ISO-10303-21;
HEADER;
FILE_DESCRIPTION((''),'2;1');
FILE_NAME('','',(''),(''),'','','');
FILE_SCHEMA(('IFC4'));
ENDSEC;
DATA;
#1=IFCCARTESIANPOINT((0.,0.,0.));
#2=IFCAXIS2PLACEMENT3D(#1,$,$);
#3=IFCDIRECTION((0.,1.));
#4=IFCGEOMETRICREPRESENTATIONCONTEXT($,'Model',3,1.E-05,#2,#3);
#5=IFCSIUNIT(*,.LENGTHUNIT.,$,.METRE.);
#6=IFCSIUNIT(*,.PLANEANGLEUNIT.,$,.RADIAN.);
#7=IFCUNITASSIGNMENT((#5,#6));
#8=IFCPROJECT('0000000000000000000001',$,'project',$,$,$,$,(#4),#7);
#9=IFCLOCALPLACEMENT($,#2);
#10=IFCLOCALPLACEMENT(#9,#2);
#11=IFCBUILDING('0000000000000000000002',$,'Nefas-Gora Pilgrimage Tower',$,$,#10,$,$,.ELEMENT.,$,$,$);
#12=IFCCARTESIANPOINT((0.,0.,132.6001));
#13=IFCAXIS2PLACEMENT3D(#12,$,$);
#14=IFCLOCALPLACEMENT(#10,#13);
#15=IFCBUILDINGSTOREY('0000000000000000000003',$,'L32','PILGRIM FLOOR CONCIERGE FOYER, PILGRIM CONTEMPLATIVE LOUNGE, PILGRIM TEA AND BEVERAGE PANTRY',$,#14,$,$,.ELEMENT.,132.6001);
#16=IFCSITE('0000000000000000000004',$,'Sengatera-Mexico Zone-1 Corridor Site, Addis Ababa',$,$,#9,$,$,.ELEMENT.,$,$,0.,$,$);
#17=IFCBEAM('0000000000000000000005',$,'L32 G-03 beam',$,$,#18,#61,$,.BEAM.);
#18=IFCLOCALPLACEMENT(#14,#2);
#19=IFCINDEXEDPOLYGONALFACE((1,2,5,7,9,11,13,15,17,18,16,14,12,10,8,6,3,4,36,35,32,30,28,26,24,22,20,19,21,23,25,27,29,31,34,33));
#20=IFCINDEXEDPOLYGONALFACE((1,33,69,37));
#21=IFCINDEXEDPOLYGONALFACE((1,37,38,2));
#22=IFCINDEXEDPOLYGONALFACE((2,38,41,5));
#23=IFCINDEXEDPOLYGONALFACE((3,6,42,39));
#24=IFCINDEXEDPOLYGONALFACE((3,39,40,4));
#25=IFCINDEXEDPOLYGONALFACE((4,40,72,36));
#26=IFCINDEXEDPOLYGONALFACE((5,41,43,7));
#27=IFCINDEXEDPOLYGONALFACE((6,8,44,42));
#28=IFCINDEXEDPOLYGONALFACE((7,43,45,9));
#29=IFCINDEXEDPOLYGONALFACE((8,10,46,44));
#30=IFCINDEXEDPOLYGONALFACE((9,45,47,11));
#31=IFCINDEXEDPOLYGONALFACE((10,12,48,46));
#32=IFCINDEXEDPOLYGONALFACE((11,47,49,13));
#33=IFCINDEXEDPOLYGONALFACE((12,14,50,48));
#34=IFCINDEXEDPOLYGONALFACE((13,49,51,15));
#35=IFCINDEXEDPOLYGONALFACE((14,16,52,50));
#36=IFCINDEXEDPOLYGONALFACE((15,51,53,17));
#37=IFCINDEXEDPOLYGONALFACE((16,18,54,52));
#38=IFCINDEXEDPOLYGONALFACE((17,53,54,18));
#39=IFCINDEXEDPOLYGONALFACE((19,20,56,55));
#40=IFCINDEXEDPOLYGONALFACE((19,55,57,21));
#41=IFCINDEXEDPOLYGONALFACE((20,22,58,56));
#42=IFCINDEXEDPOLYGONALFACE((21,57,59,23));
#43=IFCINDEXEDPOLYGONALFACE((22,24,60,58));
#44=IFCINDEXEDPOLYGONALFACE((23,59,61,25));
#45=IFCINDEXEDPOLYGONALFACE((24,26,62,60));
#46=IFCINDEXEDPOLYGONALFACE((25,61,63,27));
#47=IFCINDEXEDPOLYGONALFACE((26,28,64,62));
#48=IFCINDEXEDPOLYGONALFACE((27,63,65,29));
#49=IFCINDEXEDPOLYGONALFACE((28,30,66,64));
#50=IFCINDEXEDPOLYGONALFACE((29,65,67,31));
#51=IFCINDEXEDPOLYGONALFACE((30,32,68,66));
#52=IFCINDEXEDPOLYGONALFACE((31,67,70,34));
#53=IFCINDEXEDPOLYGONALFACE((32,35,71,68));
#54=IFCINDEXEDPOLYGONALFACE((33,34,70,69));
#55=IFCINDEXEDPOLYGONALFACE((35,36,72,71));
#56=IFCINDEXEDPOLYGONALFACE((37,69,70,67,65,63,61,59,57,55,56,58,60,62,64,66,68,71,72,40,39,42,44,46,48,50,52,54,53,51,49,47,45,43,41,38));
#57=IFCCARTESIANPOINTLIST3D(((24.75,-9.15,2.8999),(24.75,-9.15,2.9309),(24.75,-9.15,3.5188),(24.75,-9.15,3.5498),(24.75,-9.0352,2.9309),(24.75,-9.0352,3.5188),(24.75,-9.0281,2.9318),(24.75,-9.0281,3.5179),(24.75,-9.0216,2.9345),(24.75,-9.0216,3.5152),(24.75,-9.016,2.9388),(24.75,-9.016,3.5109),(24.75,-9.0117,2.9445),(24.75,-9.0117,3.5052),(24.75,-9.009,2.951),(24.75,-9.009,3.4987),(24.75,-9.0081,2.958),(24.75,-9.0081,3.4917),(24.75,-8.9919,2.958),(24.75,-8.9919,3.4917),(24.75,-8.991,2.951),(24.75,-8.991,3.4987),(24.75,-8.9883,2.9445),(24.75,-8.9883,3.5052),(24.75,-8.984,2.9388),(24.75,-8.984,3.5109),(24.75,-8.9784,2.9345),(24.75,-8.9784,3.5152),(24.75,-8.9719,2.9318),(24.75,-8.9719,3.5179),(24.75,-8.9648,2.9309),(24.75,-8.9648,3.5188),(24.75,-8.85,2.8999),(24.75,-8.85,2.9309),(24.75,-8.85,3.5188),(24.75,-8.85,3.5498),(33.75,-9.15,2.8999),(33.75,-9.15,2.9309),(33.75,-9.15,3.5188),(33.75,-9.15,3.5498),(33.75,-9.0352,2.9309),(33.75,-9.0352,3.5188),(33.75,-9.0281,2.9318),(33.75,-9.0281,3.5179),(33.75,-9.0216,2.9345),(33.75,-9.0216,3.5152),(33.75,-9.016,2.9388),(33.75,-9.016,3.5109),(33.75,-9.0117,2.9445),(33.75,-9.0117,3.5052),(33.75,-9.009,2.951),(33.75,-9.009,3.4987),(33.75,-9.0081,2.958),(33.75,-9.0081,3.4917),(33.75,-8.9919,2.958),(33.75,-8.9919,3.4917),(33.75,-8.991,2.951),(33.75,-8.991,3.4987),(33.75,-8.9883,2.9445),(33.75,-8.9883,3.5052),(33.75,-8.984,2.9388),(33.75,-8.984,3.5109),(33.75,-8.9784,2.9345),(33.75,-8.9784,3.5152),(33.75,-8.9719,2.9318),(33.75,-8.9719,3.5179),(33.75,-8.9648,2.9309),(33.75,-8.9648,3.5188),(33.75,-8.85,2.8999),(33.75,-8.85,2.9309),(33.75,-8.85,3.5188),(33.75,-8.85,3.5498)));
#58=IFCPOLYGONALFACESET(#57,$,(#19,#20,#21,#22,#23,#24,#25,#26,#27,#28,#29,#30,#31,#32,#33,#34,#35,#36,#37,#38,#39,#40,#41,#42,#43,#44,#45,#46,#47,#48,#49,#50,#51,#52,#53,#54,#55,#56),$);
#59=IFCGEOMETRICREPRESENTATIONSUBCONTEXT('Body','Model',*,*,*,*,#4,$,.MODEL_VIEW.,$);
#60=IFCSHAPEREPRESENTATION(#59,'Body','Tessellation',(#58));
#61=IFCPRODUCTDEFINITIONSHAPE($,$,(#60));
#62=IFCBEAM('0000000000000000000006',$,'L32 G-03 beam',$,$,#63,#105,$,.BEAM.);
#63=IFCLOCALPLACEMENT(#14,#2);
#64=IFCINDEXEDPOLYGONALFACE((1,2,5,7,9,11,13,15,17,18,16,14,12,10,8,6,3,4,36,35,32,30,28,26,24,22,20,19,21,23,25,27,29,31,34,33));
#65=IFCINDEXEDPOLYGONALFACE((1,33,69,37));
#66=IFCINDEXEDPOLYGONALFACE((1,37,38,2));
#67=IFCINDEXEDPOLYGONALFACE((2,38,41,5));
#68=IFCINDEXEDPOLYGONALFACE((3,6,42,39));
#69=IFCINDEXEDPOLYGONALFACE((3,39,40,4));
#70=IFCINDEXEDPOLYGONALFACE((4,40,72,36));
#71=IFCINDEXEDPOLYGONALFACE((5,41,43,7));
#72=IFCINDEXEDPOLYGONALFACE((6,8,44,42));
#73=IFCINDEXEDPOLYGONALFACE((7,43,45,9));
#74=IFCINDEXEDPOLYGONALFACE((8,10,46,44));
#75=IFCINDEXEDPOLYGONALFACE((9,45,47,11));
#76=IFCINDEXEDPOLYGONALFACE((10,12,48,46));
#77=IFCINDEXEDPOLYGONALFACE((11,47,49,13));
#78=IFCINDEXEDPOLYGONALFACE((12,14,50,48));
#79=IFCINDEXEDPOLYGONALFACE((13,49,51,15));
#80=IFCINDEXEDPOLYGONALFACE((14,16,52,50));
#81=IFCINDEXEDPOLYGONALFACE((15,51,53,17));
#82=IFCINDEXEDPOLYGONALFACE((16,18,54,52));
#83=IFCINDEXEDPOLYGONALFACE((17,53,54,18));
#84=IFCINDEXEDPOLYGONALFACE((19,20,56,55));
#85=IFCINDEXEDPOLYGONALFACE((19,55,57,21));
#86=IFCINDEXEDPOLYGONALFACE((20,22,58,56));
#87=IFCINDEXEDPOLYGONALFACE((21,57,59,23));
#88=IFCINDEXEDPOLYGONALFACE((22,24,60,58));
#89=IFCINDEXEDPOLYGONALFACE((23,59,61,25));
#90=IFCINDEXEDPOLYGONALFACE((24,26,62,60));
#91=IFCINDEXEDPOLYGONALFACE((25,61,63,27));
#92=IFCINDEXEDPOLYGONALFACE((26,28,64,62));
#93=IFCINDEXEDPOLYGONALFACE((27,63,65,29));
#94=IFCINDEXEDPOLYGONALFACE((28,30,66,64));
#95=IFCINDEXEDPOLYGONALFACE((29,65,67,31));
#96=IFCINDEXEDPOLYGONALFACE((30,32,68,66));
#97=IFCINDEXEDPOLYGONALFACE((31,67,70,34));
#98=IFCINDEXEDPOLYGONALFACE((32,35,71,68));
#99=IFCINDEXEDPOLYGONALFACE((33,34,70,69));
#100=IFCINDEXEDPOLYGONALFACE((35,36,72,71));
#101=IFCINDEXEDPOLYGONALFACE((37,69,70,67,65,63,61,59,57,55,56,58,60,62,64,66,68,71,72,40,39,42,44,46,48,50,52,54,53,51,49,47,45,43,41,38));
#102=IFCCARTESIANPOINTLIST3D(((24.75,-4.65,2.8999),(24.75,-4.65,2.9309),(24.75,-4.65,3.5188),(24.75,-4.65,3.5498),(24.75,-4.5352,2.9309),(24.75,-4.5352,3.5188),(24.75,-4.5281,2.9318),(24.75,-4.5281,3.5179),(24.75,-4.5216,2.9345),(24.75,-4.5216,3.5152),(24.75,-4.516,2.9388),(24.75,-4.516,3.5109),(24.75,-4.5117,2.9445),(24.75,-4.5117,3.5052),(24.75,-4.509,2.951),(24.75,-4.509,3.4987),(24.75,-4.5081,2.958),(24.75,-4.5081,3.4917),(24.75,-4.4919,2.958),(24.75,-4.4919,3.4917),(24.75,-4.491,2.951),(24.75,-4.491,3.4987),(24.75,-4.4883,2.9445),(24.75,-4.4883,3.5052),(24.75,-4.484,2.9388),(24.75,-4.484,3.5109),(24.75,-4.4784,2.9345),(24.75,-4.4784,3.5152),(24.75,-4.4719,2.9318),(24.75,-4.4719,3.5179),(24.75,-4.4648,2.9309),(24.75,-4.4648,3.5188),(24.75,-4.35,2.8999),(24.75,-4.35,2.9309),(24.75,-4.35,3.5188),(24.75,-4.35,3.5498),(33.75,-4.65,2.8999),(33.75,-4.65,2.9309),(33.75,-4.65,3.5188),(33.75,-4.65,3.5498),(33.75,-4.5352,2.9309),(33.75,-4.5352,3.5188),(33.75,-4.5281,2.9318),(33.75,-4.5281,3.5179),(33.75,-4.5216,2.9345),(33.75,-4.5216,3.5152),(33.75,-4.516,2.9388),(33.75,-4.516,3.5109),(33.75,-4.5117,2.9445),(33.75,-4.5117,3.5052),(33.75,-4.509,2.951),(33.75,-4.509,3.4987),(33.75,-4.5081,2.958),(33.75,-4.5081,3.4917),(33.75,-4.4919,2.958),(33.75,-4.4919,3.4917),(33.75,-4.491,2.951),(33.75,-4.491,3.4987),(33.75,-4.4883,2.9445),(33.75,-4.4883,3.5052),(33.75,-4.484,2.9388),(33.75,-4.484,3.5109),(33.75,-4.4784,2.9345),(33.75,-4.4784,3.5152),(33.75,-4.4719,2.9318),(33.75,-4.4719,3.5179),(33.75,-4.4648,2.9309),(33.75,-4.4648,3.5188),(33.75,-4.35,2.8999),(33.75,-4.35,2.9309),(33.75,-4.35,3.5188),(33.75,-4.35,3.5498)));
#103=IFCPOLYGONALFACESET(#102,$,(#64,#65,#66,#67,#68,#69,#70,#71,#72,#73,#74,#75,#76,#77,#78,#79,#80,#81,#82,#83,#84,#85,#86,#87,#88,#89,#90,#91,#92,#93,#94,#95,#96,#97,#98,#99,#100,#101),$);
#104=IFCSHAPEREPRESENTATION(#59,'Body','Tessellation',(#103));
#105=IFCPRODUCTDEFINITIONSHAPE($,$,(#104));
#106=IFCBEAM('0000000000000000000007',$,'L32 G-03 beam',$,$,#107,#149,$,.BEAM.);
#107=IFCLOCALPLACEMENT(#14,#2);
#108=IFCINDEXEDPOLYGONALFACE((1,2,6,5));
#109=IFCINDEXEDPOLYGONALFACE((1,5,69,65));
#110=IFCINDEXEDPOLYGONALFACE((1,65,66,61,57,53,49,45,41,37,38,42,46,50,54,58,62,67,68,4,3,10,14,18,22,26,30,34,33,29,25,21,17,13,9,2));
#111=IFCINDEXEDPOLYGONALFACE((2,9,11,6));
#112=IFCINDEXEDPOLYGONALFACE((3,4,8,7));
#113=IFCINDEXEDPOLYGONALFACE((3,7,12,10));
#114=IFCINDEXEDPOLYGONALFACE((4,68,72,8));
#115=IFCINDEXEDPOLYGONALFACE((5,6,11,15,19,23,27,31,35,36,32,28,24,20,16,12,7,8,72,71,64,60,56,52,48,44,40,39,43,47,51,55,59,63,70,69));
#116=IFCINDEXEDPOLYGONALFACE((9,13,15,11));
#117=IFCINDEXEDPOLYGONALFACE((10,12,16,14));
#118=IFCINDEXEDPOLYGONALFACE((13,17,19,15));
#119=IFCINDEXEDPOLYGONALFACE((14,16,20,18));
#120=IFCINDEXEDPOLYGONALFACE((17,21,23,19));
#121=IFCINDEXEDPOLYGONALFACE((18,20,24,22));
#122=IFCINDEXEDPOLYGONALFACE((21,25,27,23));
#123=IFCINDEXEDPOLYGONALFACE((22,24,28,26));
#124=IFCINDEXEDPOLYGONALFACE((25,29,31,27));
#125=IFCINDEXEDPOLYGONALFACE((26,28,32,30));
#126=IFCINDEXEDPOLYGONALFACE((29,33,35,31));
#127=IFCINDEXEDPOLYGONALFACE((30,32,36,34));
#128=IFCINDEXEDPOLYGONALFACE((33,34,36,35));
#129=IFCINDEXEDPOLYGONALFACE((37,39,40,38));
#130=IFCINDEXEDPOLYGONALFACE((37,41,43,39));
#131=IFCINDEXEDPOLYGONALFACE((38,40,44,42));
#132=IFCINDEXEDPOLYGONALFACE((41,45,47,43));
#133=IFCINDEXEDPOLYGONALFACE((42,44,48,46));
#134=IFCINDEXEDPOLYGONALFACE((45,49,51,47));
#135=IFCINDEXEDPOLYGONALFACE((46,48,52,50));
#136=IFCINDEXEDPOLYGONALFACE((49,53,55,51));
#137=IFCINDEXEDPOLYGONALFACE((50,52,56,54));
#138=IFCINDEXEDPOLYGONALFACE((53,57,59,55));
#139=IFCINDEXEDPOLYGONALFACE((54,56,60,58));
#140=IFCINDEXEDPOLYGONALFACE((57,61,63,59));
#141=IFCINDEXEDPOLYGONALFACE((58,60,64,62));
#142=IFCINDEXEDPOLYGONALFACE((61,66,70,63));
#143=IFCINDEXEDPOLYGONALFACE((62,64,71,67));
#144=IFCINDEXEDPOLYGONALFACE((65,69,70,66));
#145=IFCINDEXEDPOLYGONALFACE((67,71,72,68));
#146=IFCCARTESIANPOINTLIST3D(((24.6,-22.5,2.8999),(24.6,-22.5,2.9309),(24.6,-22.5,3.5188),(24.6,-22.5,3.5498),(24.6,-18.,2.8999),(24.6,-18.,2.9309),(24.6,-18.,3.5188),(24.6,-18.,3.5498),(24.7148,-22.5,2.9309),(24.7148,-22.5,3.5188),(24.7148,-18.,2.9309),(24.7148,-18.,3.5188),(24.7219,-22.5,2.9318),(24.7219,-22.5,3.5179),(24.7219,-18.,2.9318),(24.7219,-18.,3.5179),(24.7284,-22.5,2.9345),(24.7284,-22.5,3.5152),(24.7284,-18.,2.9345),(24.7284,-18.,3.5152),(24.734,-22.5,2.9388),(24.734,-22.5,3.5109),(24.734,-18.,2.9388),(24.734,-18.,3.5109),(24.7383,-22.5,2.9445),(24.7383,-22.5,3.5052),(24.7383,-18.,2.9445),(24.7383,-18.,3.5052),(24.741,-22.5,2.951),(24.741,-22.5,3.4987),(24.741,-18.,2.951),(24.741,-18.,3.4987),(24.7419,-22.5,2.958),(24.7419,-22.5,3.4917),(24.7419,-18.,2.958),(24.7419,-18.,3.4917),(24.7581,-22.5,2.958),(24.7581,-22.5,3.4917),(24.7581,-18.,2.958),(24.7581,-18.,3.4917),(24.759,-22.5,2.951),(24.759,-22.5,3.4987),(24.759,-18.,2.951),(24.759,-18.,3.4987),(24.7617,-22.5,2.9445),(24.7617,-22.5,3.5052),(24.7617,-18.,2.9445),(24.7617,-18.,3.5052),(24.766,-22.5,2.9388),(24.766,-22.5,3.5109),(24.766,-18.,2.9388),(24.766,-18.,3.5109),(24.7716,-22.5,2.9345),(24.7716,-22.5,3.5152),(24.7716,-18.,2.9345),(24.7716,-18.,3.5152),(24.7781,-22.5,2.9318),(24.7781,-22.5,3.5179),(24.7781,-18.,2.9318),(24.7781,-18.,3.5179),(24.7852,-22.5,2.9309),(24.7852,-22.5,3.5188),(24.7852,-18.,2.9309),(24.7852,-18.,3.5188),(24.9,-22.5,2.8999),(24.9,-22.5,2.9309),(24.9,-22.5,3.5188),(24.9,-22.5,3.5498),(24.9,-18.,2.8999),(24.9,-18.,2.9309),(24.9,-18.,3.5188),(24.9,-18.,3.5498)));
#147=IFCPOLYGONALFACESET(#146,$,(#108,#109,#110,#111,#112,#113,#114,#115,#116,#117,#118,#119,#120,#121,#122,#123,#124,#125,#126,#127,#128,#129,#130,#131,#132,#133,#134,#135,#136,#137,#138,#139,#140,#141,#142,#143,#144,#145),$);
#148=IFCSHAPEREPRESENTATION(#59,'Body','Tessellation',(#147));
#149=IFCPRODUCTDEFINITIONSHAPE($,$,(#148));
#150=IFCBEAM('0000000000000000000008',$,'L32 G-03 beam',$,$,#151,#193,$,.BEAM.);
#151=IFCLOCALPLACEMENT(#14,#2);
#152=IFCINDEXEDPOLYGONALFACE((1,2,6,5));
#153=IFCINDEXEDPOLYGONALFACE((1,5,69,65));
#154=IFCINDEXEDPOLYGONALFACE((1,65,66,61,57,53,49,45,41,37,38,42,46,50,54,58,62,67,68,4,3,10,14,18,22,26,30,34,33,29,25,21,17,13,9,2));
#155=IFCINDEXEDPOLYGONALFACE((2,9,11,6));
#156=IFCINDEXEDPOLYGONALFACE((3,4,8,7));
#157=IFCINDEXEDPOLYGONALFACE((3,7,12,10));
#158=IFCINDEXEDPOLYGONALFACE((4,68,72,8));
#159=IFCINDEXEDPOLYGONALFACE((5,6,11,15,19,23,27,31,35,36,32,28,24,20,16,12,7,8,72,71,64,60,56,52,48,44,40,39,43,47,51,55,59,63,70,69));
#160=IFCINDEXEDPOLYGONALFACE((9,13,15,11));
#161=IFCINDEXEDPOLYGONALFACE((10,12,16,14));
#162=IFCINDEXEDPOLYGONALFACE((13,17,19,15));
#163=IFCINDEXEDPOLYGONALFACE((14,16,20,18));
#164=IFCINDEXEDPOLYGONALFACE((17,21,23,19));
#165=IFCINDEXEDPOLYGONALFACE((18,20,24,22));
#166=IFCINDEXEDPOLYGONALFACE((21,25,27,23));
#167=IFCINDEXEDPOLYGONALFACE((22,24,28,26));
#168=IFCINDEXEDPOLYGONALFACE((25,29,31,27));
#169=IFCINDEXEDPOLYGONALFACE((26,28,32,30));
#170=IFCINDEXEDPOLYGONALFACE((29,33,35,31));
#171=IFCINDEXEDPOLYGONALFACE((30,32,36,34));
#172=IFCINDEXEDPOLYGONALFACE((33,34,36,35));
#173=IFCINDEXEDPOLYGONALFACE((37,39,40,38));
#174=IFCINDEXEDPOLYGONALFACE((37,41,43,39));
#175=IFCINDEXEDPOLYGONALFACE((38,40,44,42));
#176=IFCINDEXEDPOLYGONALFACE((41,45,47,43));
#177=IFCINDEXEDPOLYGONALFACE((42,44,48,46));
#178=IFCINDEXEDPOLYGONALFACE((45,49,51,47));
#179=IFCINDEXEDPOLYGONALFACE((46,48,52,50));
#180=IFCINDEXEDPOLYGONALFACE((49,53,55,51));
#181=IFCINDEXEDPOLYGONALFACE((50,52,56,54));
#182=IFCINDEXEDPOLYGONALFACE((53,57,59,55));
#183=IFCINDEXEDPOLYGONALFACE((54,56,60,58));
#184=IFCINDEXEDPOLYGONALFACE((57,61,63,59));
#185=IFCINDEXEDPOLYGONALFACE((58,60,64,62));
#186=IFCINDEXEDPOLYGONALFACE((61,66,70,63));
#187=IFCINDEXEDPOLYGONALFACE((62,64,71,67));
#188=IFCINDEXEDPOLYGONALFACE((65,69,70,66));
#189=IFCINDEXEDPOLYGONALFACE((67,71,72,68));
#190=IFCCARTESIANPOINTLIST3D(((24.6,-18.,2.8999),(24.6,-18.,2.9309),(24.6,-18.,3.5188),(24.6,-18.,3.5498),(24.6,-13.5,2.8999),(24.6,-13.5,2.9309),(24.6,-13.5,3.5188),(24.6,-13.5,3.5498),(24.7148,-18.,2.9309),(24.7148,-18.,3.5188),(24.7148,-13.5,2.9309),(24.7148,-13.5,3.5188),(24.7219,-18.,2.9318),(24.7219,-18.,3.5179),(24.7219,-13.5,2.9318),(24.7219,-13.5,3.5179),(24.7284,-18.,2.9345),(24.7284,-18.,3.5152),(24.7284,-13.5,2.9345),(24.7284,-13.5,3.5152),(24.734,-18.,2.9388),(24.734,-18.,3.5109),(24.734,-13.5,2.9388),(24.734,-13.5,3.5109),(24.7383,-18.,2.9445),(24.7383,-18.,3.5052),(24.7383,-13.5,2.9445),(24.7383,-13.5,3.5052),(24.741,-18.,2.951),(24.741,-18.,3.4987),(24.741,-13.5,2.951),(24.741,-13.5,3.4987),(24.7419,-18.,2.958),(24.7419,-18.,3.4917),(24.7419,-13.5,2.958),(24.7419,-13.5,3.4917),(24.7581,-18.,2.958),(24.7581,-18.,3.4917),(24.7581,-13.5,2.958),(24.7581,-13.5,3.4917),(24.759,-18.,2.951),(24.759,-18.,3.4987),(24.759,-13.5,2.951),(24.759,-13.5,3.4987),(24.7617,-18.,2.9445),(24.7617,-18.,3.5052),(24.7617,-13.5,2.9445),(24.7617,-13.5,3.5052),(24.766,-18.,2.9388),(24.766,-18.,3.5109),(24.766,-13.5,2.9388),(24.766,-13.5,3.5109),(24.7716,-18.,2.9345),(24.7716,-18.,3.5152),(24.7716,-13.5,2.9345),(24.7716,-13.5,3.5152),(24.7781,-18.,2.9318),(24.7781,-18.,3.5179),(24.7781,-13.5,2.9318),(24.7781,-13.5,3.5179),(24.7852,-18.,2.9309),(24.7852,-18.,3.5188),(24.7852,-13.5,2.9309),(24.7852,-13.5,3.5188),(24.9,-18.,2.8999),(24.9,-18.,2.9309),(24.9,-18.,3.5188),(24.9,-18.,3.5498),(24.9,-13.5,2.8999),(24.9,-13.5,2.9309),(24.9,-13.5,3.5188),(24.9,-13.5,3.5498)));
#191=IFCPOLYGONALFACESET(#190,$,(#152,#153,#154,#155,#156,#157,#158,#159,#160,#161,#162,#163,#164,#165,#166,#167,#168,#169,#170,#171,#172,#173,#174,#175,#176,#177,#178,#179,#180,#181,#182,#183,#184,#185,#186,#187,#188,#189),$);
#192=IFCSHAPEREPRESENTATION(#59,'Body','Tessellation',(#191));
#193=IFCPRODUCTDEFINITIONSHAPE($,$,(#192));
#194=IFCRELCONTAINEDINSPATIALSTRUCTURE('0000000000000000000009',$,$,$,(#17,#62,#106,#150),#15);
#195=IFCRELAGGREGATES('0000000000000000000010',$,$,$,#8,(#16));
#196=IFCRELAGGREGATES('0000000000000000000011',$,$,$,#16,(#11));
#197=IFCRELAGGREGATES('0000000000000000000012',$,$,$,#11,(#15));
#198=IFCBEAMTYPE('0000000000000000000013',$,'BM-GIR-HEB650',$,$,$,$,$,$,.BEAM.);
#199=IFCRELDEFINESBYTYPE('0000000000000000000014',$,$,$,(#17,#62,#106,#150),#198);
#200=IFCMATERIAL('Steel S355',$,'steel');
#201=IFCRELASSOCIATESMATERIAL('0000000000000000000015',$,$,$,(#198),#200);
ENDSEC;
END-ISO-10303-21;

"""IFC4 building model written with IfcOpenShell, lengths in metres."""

from ifc_helpers import new_model, si_unit, direction, frame, origin, origin_2d, place, context, subcontext, project, spatial, i_section, extrude, source, transform, mapped, material, material_profile, profile_set, type_object, element, save


model = new_model("IFC4")

# Units and contexts
model_context = context("Model", 3, precision=1e-05, world=origin(), true_north=direction((0.0, 1.0)))
body_context = subcontext(model_context, "Body", "Model", "MODEL_VIEW")
ifc_project = project(units=[si_unit("LENGTHUNIT", "METRE"), si_unit("PLANEANGLEUNIT", "RADIAN")], contexts=[model_context])

# Site, building, storey
site_placement = place(None, origin())
site = spatial("IfcSite", under=ifc_project, at=site_placement, Name="Sengatera-Mexico Zone-1 Corridor Site, Addis Ababa", CompositionType="ELEMENT", RefElevation=0.0)
building_placement = place(site_placement, origin())
building = spatial("IfcBuilding", under=site, at=building_placement, Name="Nefas-Gora Pilgrimage Tower", CompositionType="ELEMENT")
storey_placement = place(building_placement, frame((0.0, 0.0, 132.6001)))
storey = spatial("IfcBuildingStorey", under=building, at=storey_placement, Name="L32", Description="PILGRIM FLOOR CONCIERGE FOYER, PILGRIM CONTEMPLATIVE LOUNGE, PILGRIM TEA AND BEVERAGE PANTRY", CompositionType="ELEMENT", Elevation=132.6001)

# Beams
ifc_material_1 = material(Name="Steel S355", Category="steel")
ifc_material_profile_1 = material_profile(ifc_material_1, i_section(OverallWidth=0.3, OverallDepth=0.6499, WebThickness=0.0161, FlangeThickness=0.031, FilletRadius=0.0271, at=origin_2d()), Name="HEB 650")
ifc_profile_set_1 = profile_set([ifc_material_profile_1], Name="Steel S355")
beam_type_1 = type_object("IfcBeamType", Name="BM-GIR-HEB650", PredefinedType="BEAM", material=ifc_profile_set_1)
shared_shape_1 = source(origin(), body_context, "Body", "SweptSolid", [
    extrude(i_section(OverallWidth=0.3, OverallDepth=0.6499, WebThickness=0.0161, FlangeThickness=0.031, FilletRadius=0.0271, at=origin_2d()), origin(), (0.0, 0.0, 1.0), 9.0),
])
for number, where, z_axis, x_axis, name in (
    (1, (24.75, -9.0, 3.2249), (1.0, 0.0, 0.0), (0.0, 1.0, 0.0), "L32 G-03 beam"),
    (2, (24.75, -4.5, 3.2249), (1.0, 0.0, 0.0), (0.0, 1.0, 0.0), "L32 G-03 beam"),
):
    element("IfcBeam", number, at=place(storey_placement, frame(where, z_axis=z_axis, x_axis=x_axis)), inside=storey, type_object=beam_type_1, Name=name, PredefinedType="BEAM", context=body_context, shape_type="MappedRepresentation", body=[
        mapped(shared_shape_1, transform((0.0, 0.0, 0.0), x_axis=(1.0, 0.0, 0.0), y_axis=(0.0, 1.0, 0.0), z_axis=(0.0, 0.0, 1.0), scale=1.0)),
    ])
shared_shape_2 = source(origin(), body_context, "Body", "SweptSolid", [
    extrude(i_section(OverallWidth=0.3, OverallDepth=0.6499, WebThickness=0.0161, FlangeThickness=0.031, FilletRadius=0.0271, at=origin_2d()), origin(), (0.0, 0.0, 1.0), 4.5),
])
for number, where, z_axis, x_axis, name in (
    (3, (24.75, -22.5, 3.2249), (0.0, 1.0, 0.0), (-1.0, 0.0, 0.0), "L32 G-03 beam"),
    (4, (24.75, -18.0, 3.2249), (0.0, 1.0, 0.0), (-1.0, 0.0, 0.0), "L32 G-03 beam"),
):
    element("IfcBeam", number, at=place(storey_placement, frame(where, z_axis=z_axis, x_axis=x_axis)), inside=storey, type_object=beam_type_1, Name=name, PredefinedType="BEAM", context=body_context, shape_type="MappedRepresentation", body=[
        mapped(shared_shape_2, transform((0.0, 0.0, 0.0), x_axis=(1.0, 0.0, 0.0), y_axis=(0.0, 1.0, 0.0), z_axis=(0.0, 0.0, 1.0), scale=1.0)),
    ])

save(model, "model.ifc")
